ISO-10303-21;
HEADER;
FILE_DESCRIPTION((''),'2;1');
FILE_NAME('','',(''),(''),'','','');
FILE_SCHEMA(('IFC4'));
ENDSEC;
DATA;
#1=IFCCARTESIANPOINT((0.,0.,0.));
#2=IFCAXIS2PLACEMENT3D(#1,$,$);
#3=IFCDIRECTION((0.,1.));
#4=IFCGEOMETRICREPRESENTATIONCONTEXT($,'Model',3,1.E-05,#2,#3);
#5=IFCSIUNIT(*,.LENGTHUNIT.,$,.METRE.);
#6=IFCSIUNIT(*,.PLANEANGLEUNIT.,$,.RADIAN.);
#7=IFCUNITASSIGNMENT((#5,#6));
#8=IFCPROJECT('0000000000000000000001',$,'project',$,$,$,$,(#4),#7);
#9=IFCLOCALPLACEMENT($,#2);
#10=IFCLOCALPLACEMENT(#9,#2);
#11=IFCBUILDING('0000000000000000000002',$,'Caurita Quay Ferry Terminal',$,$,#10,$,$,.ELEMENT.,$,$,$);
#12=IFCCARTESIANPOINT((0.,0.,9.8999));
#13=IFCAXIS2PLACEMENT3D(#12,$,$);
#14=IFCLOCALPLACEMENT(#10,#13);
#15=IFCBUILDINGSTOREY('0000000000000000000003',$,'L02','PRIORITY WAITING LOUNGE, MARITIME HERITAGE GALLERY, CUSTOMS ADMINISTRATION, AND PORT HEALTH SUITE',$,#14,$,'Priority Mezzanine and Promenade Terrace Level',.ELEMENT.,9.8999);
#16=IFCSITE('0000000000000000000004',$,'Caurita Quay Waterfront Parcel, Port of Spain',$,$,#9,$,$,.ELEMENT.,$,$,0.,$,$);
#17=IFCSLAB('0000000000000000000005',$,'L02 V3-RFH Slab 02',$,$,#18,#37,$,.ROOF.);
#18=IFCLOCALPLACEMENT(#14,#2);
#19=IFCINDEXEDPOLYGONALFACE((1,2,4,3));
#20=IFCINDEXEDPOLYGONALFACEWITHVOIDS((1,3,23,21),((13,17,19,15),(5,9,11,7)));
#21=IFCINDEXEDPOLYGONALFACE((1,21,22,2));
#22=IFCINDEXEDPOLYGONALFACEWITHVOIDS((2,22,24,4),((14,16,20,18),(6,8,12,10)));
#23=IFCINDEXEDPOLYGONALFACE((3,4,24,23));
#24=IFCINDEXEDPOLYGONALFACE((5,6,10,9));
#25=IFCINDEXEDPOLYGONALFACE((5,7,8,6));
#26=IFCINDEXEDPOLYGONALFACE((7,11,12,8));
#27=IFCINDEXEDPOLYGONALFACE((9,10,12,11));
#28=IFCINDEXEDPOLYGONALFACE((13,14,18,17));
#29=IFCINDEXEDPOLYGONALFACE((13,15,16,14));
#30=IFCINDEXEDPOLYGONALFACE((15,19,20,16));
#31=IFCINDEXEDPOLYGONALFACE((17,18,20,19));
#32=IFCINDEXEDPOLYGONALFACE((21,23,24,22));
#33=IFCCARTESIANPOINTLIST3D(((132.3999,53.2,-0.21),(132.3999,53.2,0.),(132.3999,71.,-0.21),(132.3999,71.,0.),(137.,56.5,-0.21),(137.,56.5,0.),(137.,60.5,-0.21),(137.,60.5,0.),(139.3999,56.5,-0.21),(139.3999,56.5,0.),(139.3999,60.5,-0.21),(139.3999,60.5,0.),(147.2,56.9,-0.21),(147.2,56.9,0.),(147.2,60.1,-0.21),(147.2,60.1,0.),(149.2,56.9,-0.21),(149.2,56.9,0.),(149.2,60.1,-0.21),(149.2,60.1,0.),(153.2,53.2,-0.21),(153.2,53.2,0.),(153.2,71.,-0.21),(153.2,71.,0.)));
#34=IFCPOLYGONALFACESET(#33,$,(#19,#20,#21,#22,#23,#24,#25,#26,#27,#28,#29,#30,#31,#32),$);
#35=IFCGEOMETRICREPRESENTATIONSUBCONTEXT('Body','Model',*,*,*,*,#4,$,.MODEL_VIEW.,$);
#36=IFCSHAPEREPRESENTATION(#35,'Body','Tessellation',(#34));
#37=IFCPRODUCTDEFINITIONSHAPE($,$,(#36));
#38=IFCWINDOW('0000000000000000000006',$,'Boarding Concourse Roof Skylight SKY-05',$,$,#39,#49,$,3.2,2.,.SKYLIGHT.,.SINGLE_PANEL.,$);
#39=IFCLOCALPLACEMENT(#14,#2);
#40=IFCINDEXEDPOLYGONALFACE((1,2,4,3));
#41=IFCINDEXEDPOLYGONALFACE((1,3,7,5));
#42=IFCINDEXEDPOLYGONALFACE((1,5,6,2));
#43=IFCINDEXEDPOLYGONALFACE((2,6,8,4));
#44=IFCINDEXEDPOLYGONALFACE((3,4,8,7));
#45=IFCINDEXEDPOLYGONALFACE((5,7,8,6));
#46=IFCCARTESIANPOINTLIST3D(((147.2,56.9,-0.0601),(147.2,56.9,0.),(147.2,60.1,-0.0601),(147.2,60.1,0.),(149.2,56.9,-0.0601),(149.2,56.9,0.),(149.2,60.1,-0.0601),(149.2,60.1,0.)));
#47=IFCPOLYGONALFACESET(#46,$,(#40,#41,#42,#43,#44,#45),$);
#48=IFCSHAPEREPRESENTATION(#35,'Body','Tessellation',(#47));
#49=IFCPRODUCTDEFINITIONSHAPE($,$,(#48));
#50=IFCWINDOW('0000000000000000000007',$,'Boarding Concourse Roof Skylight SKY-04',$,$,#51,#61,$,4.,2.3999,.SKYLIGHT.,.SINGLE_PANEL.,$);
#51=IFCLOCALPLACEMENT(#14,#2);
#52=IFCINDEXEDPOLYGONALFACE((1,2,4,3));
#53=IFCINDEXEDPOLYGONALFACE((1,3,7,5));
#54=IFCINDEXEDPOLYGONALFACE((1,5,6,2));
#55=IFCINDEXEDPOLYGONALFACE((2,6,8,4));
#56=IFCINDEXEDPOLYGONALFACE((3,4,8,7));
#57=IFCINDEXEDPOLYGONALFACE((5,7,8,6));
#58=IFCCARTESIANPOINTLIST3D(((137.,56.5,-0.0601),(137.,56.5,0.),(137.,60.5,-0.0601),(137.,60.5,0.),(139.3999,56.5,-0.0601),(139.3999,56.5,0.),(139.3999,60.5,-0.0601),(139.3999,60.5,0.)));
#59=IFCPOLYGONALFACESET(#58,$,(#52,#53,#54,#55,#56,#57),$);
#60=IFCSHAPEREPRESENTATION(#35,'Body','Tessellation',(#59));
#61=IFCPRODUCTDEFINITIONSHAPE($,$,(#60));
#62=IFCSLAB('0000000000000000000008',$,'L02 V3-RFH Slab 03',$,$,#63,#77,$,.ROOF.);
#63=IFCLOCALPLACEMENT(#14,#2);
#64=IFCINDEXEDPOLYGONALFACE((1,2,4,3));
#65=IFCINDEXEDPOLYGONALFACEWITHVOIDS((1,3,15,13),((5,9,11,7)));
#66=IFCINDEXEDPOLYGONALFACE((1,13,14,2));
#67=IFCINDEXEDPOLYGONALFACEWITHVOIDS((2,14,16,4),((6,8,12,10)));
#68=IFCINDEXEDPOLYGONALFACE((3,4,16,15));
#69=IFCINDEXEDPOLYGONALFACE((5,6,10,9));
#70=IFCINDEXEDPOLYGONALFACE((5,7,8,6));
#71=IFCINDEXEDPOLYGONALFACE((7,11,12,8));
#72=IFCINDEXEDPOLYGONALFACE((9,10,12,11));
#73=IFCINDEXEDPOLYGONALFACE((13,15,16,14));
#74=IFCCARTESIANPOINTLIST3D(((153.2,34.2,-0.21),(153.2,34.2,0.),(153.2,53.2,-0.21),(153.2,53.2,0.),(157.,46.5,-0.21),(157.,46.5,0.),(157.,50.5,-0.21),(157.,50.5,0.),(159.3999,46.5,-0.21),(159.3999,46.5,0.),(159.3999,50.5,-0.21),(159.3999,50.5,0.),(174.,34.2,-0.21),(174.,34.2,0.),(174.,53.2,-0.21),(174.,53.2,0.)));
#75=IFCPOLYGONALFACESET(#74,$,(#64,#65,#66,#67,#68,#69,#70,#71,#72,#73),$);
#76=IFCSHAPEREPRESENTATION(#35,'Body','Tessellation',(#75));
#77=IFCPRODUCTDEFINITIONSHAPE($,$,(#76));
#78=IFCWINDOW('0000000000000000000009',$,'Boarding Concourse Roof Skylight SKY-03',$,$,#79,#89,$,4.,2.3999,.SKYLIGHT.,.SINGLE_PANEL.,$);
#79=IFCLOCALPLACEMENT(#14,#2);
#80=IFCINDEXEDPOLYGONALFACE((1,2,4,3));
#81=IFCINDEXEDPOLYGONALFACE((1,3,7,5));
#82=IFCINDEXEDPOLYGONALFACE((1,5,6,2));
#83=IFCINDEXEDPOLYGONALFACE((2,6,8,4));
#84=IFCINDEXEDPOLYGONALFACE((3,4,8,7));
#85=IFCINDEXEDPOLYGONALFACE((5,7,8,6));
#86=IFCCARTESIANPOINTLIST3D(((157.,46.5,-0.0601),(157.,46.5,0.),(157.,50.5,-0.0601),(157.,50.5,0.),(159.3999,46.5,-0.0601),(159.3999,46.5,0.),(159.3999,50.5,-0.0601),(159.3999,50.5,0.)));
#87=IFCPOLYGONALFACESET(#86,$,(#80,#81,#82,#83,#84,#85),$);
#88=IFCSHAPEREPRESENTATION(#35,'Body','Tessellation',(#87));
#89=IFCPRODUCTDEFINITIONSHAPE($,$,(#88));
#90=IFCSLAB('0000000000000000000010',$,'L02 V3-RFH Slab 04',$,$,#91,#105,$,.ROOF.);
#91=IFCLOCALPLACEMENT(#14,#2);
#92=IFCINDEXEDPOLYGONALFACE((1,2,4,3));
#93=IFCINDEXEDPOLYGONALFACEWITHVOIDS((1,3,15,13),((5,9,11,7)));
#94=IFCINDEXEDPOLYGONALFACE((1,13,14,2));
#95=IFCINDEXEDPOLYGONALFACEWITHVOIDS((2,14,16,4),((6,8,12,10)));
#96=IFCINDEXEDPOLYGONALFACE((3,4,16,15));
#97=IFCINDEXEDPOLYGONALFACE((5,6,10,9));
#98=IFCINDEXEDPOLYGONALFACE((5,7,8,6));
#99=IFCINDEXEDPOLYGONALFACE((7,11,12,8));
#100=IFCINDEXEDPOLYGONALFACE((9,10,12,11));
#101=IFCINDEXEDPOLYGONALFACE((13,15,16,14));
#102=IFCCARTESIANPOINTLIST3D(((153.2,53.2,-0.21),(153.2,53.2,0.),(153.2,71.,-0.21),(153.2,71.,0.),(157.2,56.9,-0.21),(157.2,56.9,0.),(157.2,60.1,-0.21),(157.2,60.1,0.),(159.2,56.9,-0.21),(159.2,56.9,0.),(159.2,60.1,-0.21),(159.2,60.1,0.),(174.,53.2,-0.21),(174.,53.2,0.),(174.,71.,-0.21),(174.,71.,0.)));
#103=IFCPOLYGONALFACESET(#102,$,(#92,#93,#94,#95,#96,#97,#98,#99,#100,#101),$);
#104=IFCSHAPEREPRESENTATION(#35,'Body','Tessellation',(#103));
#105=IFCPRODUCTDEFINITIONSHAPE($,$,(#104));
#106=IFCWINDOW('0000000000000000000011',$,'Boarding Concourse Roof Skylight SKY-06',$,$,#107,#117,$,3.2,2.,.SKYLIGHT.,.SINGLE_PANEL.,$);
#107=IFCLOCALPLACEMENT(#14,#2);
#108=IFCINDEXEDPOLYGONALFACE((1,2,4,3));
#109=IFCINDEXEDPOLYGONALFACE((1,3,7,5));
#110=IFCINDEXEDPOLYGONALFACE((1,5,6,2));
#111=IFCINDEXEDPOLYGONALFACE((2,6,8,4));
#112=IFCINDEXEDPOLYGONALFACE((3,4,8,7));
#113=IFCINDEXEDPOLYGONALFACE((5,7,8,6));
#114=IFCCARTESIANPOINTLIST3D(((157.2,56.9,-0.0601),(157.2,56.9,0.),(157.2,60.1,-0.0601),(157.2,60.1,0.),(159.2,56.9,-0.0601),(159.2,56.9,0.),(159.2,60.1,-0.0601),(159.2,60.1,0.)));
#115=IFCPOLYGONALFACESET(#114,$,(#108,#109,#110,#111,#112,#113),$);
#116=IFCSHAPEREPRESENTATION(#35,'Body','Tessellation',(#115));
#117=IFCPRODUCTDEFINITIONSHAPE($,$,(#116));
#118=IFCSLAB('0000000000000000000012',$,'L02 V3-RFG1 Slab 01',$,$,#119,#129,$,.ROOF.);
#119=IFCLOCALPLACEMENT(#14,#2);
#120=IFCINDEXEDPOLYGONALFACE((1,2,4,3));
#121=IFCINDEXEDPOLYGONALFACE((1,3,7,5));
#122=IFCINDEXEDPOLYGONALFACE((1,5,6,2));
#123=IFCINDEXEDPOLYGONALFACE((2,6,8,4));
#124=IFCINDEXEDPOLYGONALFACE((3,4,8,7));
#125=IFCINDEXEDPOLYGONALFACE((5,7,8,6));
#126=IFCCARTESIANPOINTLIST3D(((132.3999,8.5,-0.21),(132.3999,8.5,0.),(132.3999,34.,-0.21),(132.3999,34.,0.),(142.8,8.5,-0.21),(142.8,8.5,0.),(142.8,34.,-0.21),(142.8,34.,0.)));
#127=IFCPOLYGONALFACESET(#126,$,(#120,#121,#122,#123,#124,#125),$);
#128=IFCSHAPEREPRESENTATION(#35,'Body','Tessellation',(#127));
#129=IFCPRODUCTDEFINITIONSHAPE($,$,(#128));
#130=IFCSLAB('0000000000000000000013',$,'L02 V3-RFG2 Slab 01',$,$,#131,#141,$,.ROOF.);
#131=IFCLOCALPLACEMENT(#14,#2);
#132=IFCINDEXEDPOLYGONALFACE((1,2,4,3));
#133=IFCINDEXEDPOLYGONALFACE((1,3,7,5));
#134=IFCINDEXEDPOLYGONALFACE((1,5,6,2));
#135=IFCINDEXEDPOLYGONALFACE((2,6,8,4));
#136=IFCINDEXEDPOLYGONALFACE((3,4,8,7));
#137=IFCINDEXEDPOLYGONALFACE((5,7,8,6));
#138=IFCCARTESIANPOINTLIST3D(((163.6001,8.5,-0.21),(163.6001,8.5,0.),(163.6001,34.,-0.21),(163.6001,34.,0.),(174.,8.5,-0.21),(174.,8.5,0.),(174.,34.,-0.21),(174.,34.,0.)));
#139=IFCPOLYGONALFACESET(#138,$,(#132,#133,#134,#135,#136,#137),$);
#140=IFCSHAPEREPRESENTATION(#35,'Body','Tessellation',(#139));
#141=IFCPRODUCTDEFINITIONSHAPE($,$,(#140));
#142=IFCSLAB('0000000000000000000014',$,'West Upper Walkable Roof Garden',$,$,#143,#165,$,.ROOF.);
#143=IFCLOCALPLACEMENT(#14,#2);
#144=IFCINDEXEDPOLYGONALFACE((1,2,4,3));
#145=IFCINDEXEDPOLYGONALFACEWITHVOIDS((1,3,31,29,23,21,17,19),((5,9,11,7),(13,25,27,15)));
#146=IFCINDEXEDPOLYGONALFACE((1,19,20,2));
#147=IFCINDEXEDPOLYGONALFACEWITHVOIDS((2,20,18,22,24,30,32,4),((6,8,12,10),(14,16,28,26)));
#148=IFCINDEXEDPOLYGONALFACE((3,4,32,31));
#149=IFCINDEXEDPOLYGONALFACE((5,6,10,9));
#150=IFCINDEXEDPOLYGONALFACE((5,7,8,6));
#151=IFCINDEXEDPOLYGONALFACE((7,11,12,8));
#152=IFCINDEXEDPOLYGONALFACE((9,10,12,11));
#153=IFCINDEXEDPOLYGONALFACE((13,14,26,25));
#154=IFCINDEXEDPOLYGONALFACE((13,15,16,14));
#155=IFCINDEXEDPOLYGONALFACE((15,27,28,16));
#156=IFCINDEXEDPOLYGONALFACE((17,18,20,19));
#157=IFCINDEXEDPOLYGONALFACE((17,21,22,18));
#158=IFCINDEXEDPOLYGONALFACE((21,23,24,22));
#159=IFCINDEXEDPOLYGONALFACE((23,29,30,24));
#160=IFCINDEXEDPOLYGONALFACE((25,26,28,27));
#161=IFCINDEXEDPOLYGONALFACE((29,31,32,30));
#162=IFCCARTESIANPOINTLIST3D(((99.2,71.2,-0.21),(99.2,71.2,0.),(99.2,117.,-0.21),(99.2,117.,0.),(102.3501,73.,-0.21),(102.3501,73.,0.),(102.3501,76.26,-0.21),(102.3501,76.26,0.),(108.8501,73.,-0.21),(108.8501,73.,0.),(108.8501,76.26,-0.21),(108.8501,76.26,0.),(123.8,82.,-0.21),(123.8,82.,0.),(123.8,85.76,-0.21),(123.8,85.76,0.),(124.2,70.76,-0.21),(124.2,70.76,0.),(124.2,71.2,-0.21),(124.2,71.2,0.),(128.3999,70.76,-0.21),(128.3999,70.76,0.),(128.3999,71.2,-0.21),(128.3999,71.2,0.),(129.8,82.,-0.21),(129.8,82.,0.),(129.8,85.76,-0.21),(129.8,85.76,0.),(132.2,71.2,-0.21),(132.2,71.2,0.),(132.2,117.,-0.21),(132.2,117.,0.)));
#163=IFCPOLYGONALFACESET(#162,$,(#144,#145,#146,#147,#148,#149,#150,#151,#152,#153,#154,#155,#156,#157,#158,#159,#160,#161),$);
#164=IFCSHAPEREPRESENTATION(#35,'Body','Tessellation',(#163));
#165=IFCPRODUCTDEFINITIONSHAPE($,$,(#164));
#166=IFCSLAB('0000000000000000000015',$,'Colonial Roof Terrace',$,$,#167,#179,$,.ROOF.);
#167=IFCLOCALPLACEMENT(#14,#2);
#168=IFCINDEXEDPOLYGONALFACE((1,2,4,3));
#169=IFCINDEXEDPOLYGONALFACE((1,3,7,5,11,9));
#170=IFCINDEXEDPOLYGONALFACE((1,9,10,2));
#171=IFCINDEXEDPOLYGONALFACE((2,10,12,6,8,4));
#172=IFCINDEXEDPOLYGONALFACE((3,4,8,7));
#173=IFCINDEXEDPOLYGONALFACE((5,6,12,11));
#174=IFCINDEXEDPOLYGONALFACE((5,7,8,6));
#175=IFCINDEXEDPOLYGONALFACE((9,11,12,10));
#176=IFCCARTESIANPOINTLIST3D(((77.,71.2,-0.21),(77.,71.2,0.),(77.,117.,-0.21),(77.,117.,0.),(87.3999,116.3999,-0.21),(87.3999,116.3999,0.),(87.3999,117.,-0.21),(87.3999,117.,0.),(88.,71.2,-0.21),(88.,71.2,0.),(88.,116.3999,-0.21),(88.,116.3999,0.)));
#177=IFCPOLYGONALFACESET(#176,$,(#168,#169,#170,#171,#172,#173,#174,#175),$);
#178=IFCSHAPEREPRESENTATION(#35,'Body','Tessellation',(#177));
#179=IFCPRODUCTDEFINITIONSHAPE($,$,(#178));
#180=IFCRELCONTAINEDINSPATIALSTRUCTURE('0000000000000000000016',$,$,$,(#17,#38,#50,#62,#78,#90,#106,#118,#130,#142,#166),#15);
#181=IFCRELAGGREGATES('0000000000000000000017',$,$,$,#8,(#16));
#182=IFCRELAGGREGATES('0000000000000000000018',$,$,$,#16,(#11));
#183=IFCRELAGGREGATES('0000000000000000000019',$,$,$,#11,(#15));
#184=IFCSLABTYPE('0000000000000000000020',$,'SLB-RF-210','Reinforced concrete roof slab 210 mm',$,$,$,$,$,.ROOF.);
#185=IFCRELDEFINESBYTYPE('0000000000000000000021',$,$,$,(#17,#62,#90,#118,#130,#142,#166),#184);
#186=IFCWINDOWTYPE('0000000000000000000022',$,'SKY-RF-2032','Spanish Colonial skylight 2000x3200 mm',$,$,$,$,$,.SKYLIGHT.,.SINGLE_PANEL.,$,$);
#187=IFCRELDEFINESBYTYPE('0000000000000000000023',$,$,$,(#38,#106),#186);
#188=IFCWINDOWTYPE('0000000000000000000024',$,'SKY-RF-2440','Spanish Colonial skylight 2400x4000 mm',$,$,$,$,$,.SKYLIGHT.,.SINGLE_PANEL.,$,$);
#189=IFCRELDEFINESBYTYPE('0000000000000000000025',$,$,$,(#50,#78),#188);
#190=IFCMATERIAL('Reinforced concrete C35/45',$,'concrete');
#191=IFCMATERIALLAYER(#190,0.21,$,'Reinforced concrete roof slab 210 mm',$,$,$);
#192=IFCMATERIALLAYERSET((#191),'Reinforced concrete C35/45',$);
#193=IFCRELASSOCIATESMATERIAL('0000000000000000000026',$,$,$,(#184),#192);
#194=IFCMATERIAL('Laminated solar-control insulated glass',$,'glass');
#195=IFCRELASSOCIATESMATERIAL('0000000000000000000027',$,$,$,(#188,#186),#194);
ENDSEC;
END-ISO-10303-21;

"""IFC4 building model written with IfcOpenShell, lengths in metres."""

from ifc_helpers import new_model, si_unit, direction, frame, origin, origin_2d, place, context, subcontext, project, spatial, polyline, rectangle, outline, extrude, material, layer, layer_set, type_object, element, fill, save


model = new_model("IFC4")

# Units and contexts
model_context = context("Model", 3, precision=1e-05, world=origin(), true_north=direction((0.0, 1.0)))
body_context = subcontext(model_context, "Body", "Model", "MODEL_VIEW")
ifc_project = project(units=[si_unit("LENGTHUNIT", "METRE"), si_unit("PLANEANGLEUNIT", "RADIAN")], contexts=[model_context])

# Site, building, storey
site_placement = place(None, origin())
site = spatial("IfcSite", under=ifc_project, at=site_placement, Name="Caurita Quay Waterfront Parcel, Port of Spain", CompositionType="ELEMENT", RefElevation=0.0)
building_placement = place(site_placement, origin())
building = spatial("IfcBuilding", under=site, at=building_placement, Name="Caurita Quay Ferry Terminal", CompositionType="ELEMENT")
storey_placement = place(building_placement, frame((0.0, 0.0, 9.8999)))
storey = spatial("IfcBuildingStorey", under=building, at=storey_placement, Name="L02", Description="PRIORITY WAITING LOUNGE, MARITIME HERITAGE GALLERY, CUSTOMS ADMINISTRATION, AND PORT HEALTH SUITE", LongName="Priority Mezzanine and Promenade Terrace Level", CompositionType="ELEMENT", Elevation=9.8999)

# Shared definitions
ifc_material_1 = material(Name="Reinforced concrete C35/45", Category="concrete")

# Slab, openings, windows
ifc_layer_1 = layer(ifc_material_1, 0.21, Name="Reinforced concrete roof slab 210 mm")
ifc_layer_set_1 = layer_set([ifc_layer_1], Name="Reinforced concrete C35/45")
slab_type_1 = type_object("IfcSlabType", Name="SLB-RF-210", Description="Reinforced concrete roof slab 210 mm", PredefinedType="ROOF", material=ifc_layer_set_1)
ifc_material_2 = material(Name="Laminated solar-control insulated glass", Category="glass")
window_type_1 = type_object("IfcWindowType", Name="SKY-RF-2440", Description="Spanish Colonial skylight 2400x4000 mm", PartitioningType="SINGLE_PANEL", PredefinedType="SKYLIGHT", material=ifc_material_2)
slab_1_placement = place(storey_placement, frame((0.0, 0.0, -0.21)))
slab_1 = element("IfcSlab", 1, at=slab_1_placement, inside=storey, type_object=slab_type_1, Name="L02 V3-RFH Slab 02", PredefinedType="ROOF", context=body_context, shape_type="SweptSolid", body=[
    extrude(outline(polyline([(132.3999, 53.2), (153.2, 53.2), (153.2, 71.0), (132.3999, 71.0), (132.3999, 53.2)])), origin(), (0.0, 0.0, 1.0), 0.21),
])
opening_1_placement = place(slab_1_placement, frame((138.2, 58.5, -0.01)))
opening_1 = element("IfcOpeningElement", 2, at=opening_1_placement, cuts=slab_1, PredefinedType="OPENING", context=body_context, shape_type="SweptSolid", body=[
    extrude(rectangle(XDim=2.3999, YDim=4.0, at=origin_2d()), origin(), (0.0, 0.0, 1.0), 0.23),
])
opening_2_placement = place(slab_1_placement, frame((148.2, 58.5, -0.01)))
opening_2 = element("IfcOpeningElement", 3, at=opening_2_placement, cuts=slab_1, PredefinedType="OPENING", context=body_context, shape_type="SweptSolid", body=[
    extrude(rectangle(XDim=2.0, YDim=3.2, at=origin_2d()), origin(), (0.0, 0.0, 1.0), 0.23),
])
window_type_2 = type_object("IfcWindowType", Name="SKY-RF-2032", Description="Spanish Colonial skylight 2000x3200 mm", PartitioningType="SINGLE_PANEL", PredefinedType="SKYLIGHT", material=ifc_material_2)
window_1_placement = place(slab_1_placement, frame((148.2, 58.5, 0.1499)))
window_1 = element("IfcWindow", 4, at=window_1_placement, inside=storey, type_object=window_type_2, Name="Boarding Concourse Roof Skylight SKY-05", OverallHeight=3.2, OverallWidth=2.0, PartitioningType="SINGLE_PANEL", PredefinedType="SKYLIGHT", context=body_context, shape_type="SweptSolid", body=[
    extrude(rectangle(XDim=2.0, YDim=3.2, at=origin_2d()), origin(), (0.0, 0.0, 1.0), 0.0601),
])
fill(opening_2, window_1)
window_2_placement = place(slab_1_placement, frame((138.2, 58.5, 0.1499)))
window_2 = element("IfcWindow", 5, at=window_2_placement, inside=storey, type_object=window_type_1, Name="Boarding Concourse Roof Skylight SKY-04", OverallHeight=4.0, OverallWidth=2.3999, PartitioningType="SINGLE_PANEL", PredefinedType="SKYLIGHT", context=body_context, shape_type="SweptSolid", body=[
    extrude(rectangle(XDim=2.3999, YDim=4.0, at=origin_2d()), origin(), (0.0, 0.0, 1.0), 0.0601),
])
fill(opening_1, window_2)

# Slabs, openings, windows
slab_2_placement = place(storey_placement, frame((0.0, 0.0, -0.21)))
slab_2 = element("IfcSlab", 6, at=slab_2_placement, inside=storey, type_object=slab_type_1, Name="L02 V3-RFH Slab 03", PredefinedType="ROOF", context=body_context, shape_type="SweptSolid", body=[
    extrude(outline(polyline([(153.2, 34.2), (174.0, 34.2), (174.0, 53.2), (153.2, 53.2), (153.2, 34.2)])), origin(), (0.0, 0.0, 1.0), 0.21),
])
opening_3_placement = place(slab_2_placement, frame((158.2, 48.5, -0.01)))
opening_3 = element("IfcOpeningElement", 7, at=opening_3_placement, cuts=slab_2, PredefinedType="OPENING", context=body_context, shape_type="SweptSolid", body=[
    extrude(rectangle(XDim=2.3999, YDim=4.0, at=origin_2d()), origin(), (0.0, 0.0, 1.0), 0.23),
])
window_3_placement = place(slab_2_placement, frame((158.2, 48.5, 0.1499)))
window_3 = element("IfcWindow", 8, at=window_3_placement, inside=storey, type_object=window_type_1, Name="Boarding Concourse Roof Skylight SKY-03", OverallHeight=4.0, OverallWidth=2.3999, PartitioningType="SINGLE_PANEL", PredefinedType="SKYLIGHT", context=body_context, shape_type="SweptSolid", body=[
    extrude(rectangle(XDim=2.3999, YDim=4.0, at=origin_2d()), origin(), (0.0, 0.0, 1.0), 0.0601),
])
fill(opening_3, window_3)
slab_3_placement = place(storey_placement, frame((0.0, 0.0, -0.21)))
slab_3 = element("IfcSlab", 9, at=slab_3_placement, inside=storey, type_object=slab_type_1, Name="L02 V3-RFH Slab 04", PredefinedType="ROOF", context=body_context, shape_type="SweptSolid", body=[
    extrude(outline(polyline([(153.2, 53.2), (174.0, 53.2), (174.0, 71.0), (153.2, 71.0), (153.2, 53.2)])), origin(), (0.0, 0.0, 1.0), 0.21),
])
opening_4_placement = place(slab_3_placement, frame((158.2, 58.5, -0.01)))
opening_4 = element("IfcOpeningElement", 10, at=opening_4_placement, cuts=slab_3, PredefinedType="OPENING", context=body_context, shape_type="SweptSolid", body=[
    extrude(rectangle(XDim=2.0, YDim=3.2, at=origin_2d()), origin(), (0.0, 0.0, 1.0), 0.23),
])
window_4_placement = place(slab_3_placement, frame((158.2, 58.5, 0.1499)))
window_4 = element("IfcWindow", 11, at=window_4_placement, inside=storey, type_object=window_type_2, Name="Boarding Concourse Roof Skylight SKY-06", OverallHeight=3.2, OverallWidth=2.0, PartitioningType="SINGLE_PANEL", PredefinedType="SKYLIGHT", context=body_context, shape_type="SweptSolid", body=[
    extrude(rectangle(XDim=2.0, YDim=3.2, at=origin_2d()), origin(), (0.0, 0.0, 1.0), 0.0601),
])
fill(opening_4, window_4)

# Slabs
slab_4_placement = place(storey_placement, frame((0.0, 0.0, -0.21)))
element("IfcSlab", 12, at=slab_4_placement, inside=storey, type_object=slab_type_1, Name="L02 V3-RFG1 Slab 01", PredefinedType="ROOF", context=body_context, shape_type="SweptSolid", body=[
    extrude(outline(polyline([(132.3999, 8.5), (142.8, 8.5), (142.8, 34.0), (132.3999, 34.0), (132.3999, 8.5)])), origin(), (0.0, 0.0, 1.0), 0.21),
])
slab_5_placement = place(storey_placement, frame((0.0, 0.0, -0.21)))
element("IfcSlab", 13, at=slab_5_placement, inside=storey, type_object=slab_type_1, Name="L02 V3-RFG2 Slab 01", PredefinedType="ROOF", context=body_context, shape_type="SweptSolid", body=[
    extrude(outline(polyline([(163.6001, 8.5), (174.0, 8.5), (174.0, 34.0), (163.6001, 34.0), (163.6001, 8.5)])), origin(), (0.0, 0.0, 1.0), 0.21),
])
slab_6_placement = place(storey_placement, frame((0.0, 0.0, -0.21)))
element("IfcSlab", 14, at=slab_6_placement, inside=storey, type_object=slab_type_1, Name="West Upper Walkable Roof Garden", PredefinedType="ROOF", context=body_context, shape_type="SweptSolid", body=[
    extrude(outline(polyline([(99.2, 71.2), (124.2, 71.2), (124.2, 70.76), (128.3999, 70.76), (128.3999, 71.2), (132.2, 71.2), (132.2, 117.0), (99.2, 117.0), (99.2, 71.2)]), holes=[polyline([(102.3501, 73.0), (108.8501, 73.0), (108.8501, 76.26), (102.3501, 76.26), (102.3501, 73.0)]), polyline([(123.8, 82.0), (129.8, 82.0), (129.8, 85.76), (123.8, 85.76), (123.8, 82.0)])]), origin(), (0.0, 0.0, 1.0), 0.21),
])
slab_7_placement = place(storey_placement, frame((0.0, 0.0, -0.21)))
element("IfcSlab", 15, at=slab_7_placement, inside=storey, type_object=slab_type_1, Name="Colonial Roof Terrace", PredefinedType="ROOF", context=body_context, shape_type="SweptSolid", body=[
    extrude(outline(polyline([(77.0, 71.2), (88.0, 71.2), (88.0, 116.3999), (87.3999, 116.3999), (87.3999, 117.0), (77.0, 117.0), (77.0, 71.2)])), origin(), (0.0, 0.0, 1.0), 0.21),
])

save(model, "model.ifc")
